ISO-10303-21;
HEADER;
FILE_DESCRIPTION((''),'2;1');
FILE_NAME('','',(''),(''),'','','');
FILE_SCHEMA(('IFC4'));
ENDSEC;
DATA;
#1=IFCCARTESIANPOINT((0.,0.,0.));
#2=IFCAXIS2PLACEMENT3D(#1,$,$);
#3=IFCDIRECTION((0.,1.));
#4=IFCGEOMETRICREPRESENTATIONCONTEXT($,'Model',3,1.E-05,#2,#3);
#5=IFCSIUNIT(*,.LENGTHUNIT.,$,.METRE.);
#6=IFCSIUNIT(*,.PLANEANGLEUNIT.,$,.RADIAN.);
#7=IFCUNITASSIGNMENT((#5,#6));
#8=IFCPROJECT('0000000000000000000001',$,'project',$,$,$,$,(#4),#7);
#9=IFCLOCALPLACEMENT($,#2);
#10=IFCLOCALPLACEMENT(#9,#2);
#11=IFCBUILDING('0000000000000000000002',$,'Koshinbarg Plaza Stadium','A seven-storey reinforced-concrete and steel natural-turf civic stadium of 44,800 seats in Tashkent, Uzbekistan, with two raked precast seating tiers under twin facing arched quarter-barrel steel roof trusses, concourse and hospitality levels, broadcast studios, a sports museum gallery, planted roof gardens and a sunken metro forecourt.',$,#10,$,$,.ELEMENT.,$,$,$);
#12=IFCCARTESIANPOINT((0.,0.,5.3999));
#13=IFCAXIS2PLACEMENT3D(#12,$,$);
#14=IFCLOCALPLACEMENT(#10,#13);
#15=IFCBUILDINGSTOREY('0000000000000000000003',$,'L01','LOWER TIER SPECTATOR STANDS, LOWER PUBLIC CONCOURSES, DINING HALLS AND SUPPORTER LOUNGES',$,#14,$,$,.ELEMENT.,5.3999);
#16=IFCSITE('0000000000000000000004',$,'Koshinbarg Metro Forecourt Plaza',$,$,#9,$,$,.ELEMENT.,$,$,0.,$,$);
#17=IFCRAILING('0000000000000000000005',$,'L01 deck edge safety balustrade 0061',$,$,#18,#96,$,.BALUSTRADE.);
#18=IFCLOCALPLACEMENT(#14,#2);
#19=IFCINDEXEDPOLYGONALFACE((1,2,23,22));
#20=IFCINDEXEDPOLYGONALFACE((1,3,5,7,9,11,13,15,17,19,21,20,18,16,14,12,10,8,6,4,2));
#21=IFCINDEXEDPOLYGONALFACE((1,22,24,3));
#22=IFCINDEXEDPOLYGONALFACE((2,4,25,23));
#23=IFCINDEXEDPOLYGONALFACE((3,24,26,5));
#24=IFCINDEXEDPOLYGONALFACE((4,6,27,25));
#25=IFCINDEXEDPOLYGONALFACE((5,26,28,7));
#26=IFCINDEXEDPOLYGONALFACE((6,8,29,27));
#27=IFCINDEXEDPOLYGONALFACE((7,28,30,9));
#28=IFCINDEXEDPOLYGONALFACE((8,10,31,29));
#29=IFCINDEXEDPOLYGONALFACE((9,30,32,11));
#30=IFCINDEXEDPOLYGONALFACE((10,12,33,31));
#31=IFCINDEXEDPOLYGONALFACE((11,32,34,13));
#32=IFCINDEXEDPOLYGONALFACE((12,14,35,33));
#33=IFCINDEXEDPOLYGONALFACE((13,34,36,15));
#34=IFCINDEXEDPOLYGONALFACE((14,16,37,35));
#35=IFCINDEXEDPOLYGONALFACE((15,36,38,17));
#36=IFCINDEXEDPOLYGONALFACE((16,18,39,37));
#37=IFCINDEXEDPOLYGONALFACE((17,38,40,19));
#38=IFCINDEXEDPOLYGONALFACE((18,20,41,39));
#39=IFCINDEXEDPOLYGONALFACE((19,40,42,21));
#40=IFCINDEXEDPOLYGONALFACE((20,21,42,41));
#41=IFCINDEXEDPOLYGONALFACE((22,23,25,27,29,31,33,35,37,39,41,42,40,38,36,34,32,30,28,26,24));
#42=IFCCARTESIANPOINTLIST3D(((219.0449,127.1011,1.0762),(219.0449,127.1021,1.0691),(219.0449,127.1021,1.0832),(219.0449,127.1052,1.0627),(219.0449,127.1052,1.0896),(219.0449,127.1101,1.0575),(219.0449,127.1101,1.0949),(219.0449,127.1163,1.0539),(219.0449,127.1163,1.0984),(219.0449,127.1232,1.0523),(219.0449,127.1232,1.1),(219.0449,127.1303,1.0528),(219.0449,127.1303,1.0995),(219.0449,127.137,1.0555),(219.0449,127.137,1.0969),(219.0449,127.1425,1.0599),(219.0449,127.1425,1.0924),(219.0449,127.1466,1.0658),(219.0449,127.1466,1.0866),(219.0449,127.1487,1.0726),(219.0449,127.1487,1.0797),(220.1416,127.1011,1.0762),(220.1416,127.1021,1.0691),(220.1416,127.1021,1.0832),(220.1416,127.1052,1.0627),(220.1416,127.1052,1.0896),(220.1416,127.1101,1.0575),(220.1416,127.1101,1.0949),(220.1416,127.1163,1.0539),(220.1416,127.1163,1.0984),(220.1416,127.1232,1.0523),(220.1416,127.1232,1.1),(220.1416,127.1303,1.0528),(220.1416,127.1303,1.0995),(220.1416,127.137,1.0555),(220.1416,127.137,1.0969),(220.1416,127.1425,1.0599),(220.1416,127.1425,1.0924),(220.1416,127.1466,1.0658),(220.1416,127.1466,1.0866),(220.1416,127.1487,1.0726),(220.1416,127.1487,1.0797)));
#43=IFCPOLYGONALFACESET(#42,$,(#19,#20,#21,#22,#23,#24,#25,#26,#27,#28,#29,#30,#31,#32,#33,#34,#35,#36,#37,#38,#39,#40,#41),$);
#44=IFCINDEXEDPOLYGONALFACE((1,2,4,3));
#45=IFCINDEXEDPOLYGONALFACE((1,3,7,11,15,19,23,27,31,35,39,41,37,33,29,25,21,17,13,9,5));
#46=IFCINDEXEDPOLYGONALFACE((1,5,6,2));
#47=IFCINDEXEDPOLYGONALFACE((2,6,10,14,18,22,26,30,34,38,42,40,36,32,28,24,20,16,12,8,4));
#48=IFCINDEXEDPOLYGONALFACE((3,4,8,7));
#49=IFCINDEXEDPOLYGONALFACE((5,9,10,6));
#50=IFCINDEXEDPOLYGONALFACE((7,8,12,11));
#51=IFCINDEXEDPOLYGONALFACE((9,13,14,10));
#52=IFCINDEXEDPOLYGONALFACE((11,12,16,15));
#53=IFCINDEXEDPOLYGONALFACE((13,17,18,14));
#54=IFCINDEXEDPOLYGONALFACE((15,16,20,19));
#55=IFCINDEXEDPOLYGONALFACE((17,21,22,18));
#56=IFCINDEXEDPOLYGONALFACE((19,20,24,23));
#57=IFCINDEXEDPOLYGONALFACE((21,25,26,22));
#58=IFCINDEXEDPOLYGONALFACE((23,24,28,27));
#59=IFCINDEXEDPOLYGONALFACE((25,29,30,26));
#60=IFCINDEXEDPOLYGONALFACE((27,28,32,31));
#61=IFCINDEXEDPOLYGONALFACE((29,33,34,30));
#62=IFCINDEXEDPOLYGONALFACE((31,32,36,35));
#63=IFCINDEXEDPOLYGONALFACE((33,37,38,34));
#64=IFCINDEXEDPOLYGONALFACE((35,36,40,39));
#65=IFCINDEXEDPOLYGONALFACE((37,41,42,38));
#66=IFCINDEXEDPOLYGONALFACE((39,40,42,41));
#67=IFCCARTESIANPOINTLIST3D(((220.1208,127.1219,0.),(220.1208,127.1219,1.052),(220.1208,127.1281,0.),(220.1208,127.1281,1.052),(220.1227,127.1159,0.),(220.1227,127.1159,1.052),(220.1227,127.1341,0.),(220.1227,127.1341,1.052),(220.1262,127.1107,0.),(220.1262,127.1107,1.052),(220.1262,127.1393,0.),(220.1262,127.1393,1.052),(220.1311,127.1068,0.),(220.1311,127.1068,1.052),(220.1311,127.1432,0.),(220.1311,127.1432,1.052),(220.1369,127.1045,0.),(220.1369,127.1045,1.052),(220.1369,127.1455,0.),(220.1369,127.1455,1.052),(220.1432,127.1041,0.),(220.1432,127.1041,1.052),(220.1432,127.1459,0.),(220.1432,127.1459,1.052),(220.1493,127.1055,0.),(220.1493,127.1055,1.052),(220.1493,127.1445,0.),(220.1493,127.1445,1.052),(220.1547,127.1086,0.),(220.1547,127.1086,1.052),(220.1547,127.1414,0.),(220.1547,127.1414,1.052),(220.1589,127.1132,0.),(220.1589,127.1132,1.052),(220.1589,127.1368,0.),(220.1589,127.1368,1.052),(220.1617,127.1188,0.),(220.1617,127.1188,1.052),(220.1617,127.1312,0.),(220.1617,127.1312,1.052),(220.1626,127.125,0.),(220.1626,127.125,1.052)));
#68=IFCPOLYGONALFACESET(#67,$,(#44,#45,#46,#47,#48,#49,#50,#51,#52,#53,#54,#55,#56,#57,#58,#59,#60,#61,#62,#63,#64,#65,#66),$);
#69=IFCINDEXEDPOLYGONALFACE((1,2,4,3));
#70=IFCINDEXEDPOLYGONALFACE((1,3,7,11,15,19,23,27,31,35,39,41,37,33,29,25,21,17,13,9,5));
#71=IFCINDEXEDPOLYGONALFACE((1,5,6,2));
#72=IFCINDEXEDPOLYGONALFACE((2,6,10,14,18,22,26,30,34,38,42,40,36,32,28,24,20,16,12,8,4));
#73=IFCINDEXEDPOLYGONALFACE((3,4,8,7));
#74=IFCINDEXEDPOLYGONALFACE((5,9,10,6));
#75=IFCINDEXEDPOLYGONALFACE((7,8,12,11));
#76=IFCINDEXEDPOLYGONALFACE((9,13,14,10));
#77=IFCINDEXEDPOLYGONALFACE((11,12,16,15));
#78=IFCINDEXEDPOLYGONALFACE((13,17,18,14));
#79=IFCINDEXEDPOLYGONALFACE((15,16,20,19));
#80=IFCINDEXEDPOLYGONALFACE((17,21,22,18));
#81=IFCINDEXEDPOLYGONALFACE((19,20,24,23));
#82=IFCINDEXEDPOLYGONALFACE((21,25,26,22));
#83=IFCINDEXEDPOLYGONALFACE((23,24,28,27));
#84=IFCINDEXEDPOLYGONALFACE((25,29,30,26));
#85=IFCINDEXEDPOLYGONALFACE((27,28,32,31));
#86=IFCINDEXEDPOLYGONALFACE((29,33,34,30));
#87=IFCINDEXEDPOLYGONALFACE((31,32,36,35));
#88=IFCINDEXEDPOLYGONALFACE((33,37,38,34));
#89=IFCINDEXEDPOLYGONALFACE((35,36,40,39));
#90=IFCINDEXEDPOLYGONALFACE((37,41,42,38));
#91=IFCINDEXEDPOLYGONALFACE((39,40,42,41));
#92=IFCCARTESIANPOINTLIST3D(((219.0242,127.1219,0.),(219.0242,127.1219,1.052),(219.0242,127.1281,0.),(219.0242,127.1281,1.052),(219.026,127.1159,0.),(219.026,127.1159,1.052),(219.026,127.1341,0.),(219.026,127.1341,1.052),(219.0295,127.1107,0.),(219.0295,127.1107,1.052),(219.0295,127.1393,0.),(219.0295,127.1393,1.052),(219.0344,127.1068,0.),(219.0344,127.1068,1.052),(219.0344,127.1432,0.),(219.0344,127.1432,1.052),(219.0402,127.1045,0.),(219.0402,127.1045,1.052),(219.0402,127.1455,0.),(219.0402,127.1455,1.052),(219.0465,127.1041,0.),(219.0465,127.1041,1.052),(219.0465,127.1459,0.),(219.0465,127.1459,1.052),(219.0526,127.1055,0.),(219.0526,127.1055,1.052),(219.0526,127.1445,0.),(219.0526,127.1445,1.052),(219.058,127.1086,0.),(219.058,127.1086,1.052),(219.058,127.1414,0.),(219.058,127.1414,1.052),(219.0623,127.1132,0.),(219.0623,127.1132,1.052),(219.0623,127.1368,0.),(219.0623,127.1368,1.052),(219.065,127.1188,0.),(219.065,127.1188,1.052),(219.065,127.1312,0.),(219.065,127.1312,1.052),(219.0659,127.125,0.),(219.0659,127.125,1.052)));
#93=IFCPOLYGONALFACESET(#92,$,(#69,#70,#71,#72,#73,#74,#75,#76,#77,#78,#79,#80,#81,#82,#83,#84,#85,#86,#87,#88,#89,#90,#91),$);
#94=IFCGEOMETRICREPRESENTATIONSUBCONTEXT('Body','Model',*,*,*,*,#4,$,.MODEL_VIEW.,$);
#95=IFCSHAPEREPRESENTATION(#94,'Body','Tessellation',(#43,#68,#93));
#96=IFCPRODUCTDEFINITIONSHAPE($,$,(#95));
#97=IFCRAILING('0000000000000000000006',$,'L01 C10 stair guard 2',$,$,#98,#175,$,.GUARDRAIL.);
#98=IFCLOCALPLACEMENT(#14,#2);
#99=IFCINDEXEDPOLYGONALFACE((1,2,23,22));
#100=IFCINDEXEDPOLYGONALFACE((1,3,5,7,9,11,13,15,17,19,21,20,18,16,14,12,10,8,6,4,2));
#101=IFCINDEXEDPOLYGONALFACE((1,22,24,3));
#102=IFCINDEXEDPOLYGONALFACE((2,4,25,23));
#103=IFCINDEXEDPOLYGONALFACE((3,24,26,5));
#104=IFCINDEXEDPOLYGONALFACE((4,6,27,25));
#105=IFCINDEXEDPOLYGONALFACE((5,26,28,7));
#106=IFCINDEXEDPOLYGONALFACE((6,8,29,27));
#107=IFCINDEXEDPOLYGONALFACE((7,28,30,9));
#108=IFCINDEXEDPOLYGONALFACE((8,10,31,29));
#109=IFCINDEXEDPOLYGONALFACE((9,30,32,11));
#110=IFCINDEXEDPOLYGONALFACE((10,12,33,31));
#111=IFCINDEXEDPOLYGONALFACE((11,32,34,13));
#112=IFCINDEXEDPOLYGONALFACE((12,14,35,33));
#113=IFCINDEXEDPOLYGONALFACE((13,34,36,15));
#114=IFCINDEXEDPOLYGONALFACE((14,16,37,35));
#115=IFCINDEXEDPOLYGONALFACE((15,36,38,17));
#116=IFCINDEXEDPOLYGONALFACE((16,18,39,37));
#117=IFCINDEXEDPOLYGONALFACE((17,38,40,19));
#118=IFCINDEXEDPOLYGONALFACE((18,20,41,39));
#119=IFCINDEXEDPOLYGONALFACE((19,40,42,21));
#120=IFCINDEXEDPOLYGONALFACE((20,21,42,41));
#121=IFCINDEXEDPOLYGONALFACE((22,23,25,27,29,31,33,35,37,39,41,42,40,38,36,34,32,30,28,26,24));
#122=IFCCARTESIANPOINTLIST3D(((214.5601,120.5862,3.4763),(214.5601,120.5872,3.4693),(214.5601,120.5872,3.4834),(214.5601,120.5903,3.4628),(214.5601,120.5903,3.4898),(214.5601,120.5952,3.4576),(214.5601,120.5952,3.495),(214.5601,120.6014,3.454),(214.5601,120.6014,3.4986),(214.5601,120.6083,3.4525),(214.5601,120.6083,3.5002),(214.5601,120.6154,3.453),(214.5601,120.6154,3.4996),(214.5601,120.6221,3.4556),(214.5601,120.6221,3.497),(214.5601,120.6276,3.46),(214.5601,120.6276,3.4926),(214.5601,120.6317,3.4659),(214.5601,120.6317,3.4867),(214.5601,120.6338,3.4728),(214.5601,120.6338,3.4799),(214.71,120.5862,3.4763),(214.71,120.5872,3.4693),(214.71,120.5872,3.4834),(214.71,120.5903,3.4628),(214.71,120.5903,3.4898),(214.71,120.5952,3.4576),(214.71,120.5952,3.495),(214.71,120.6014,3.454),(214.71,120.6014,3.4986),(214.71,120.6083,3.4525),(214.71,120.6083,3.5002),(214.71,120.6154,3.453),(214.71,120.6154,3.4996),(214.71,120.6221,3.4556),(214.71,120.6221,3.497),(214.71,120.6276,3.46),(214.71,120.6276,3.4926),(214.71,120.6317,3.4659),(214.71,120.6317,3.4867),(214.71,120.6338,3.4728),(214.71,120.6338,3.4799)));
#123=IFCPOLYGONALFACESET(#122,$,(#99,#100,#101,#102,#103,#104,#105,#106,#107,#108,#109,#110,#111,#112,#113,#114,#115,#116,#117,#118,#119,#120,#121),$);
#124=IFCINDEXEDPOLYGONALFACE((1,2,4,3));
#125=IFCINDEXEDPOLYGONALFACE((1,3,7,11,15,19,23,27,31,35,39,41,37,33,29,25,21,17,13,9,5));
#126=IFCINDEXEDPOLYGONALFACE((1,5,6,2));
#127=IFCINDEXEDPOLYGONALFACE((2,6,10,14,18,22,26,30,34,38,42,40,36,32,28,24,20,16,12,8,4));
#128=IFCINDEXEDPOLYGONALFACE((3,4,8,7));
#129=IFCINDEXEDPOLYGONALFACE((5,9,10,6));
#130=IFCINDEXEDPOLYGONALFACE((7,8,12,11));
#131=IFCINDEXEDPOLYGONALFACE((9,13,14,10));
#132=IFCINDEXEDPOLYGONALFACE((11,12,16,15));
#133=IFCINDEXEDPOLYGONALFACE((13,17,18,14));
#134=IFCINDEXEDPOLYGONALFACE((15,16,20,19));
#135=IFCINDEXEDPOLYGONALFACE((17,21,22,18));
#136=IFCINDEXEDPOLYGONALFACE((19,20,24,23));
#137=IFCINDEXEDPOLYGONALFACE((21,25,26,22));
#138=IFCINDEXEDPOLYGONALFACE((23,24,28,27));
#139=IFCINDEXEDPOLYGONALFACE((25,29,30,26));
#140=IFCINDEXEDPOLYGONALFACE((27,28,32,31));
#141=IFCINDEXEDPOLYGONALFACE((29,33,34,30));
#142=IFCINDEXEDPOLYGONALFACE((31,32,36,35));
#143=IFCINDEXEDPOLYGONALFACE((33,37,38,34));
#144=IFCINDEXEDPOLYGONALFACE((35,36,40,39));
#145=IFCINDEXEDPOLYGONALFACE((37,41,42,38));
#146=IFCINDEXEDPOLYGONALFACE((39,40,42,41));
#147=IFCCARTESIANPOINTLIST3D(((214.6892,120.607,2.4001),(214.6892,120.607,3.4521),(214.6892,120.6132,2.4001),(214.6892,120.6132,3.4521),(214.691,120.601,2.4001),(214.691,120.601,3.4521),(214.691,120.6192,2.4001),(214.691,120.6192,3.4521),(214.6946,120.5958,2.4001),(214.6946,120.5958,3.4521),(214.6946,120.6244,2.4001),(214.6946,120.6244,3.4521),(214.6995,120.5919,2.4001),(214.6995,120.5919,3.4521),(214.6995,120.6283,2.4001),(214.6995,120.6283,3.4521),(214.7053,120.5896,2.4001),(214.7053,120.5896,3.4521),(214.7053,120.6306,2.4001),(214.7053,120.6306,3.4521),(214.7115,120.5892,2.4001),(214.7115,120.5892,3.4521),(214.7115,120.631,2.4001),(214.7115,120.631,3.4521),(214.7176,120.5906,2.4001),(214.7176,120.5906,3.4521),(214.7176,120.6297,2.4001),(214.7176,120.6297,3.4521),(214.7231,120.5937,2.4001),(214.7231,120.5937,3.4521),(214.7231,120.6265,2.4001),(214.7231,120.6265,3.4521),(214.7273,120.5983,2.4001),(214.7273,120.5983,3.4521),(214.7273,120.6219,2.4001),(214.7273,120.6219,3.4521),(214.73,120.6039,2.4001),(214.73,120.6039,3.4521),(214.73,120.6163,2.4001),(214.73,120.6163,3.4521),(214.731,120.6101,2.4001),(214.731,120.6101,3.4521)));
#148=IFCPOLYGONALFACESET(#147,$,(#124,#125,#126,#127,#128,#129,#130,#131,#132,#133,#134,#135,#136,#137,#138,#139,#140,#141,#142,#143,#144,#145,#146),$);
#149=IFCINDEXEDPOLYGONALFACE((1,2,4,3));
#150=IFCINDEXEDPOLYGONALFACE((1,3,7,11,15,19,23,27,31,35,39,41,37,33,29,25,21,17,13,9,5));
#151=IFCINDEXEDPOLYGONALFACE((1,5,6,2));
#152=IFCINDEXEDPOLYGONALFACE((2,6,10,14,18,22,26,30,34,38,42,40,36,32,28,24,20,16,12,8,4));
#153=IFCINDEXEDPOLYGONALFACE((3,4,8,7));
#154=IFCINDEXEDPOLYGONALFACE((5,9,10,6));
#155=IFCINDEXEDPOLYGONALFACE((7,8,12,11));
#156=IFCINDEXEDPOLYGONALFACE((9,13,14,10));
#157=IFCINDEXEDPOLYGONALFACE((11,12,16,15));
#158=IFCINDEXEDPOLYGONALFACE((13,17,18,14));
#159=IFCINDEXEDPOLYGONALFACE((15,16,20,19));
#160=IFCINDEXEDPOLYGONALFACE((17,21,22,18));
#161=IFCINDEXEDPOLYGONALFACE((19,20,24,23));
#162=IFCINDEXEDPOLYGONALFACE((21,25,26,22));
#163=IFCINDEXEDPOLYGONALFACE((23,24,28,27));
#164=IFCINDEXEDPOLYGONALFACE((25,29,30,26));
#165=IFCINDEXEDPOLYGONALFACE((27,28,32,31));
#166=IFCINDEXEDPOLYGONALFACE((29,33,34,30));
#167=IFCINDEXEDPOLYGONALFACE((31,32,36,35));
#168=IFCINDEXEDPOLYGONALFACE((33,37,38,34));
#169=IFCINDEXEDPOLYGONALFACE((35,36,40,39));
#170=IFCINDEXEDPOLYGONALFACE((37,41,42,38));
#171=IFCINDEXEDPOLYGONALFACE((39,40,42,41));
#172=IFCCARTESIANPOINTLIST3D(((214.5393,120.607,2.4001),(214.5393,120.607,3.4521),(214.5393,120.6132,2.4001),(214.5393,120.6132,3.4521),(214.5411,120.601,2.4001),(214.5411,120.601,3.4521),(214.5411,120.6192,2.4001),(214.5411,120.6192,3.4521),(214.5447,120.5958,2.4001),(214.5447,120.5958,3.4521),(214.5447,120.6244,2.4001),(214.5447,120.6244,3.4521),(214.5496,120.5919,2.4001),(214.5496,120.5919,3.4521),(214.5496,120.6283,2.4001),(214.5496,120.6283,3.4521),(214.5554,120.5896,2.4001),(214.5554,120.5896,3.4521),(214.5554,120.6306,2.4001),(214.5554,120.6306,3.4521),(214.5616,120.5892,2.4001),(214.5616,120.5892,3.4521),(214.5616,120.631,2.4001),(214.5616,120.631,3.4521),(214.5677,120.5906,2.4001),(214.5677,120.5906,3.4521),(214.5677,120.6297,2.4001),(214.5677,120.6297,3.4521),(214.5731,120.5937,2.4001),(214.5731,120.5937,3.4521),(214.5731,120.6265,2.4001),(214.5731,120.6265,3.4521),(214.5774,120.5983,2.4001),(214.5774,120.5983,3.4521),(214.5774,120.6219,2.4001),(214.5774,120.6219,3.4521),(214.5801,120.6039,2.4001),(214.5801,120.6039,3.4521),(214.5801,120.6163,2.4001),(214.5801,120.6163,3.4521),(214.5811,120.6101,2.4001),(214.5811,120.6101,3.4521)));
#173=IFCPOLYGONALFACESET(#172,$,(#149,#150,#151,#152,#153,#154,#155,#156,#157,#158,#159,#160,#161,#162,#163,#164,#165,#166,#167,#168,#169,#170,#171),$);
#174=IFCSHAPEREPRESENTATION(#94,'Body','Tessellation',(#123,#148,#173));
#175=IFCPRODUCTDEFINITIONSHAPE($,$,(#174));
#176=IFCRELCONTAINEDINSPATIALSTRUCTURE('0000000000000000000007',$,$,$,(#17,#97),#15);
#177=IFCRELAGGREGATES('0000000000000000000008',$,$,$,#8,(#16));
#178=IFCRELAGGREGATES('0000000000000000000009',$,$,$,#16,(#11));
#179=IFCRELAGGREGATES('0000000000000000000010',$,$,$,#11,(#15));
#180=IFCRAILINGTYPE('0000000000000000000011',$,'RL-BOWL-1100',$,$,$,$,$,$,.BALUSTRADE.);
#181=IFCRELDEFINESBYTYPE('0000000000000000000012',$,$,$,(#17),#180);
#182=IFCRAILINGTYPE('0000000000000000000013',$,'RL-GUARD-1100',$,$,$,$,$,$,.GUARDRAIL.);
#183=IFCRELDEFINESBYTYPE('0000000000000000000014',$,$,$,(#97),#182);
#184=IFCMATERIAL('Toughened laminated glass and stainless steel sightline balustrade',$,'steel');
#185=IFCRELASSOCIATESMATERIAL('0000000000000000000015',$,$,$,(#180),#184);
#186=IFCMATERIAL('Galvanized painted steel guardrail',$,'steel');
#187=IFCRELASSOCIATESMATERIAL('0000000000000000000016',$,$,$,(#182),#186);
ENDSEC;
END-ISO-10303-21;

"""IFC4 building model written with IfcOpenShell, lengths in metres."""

from ifc_helpers import new_model, si_unit, direction, frame, origin, origin_2d, place, context, subcontext, project, spatial, circle, extrude, material, type_object, element, save


model = new_model("IFC4")

# Units and contexts
model_context = context("Model", 3, precision=1e-05, world=origin(), true_north=direction((0.0, 1.0)))
body_context = subcontext(model_context, "Body", "Model", "MODEL_VIEW")
ifc_project = project(units=[si_unit("LENGTHUNIT", "METRE"), si_unit("PLANEANGLEUNIT", "RADIAN")], contexts=[model_context])

# Site, building, storey
site_placement = place(None, origin())
site = spatial("IfcSite", under=ifc_project, at=site_placement, Name="Koshinbarg Metro Forecourt Plaza", CompositionType="ELEMENT", RefElevation=0.0)
building_placement = place(site_placement, origin())
building = spatial("IfcBuilding", under=site, at=building_placement, Name="Koshinbarg Plaza Stadium", Description="A seven-storey reinforced-concrete and steel natural-turf civic stadium of 44,800 seats in Tashkent, Uzbekistan, with two raked precast seating tiers under twin facing arched quarter-barrel steel roof trusses, concourse and hospitality levels, broadcast studios, a sports museum gallery, planted roof gardens and a sunken metro forecourt.", CompositionType="ELEMENT")
storey_placement = place(building_placement, frame((0.0, 0.0, 5.3999)))
storey = spatial("IfcBuildingStorey", under=building, at=storey_placement, Name="L01", Description="LOWER TIER SPECTATOR STANDS, LOWER PUBLIC CONCOURSES, DINING HALLS AND SUPPORTER LOUNGES", CompositionType="ELEMENT", Elevation=5.3999)

# Railings
ifc_material_1 = material(Name="Toughened laminated glass and stainless steel sightline balustrade", Category="steel")
railing_type_1 = type_object("IfcRailingType", Name="RL-BOWL-1100", PredefinedType="BALUSTRADE", material=ifc_material_1)
railing_1_placement = place(storey_placement, frame((220.1416, 127.125, 0.0)))
element("IfcRailing", 1, at=railing_1_placement, inside=storey, type_object=railing_type_1, Name="L01 deck edge safety balustrade 0061", PredefinedType="BALUSTRADE", context=body_context, shape_type="SweptSolid", body=[
    extrude(circle(Radius=0.0239, at=origin_2d()), frame((0.0, 0.0, 1.0762), z_axis=(-1.0, 0.0, 0.0), x_axis=(0.0, -1.0, 0.0)), (0.0, 0.0, 1.0), 1.0967),
    extrude(circle(Radius=0.021, at=origin_2d()), origin(), (0.0, 0.0, 1.0), 1.052),
    extrude(circle(Radius=0.021, at=origin_2d()), frame((-1.0967, 0.0, 0.0)), (0.0, 0.0, 1.0), 1.052),
])
ifc_material_2 = material(Name="Galvanized painted steel guardrail", Category="steel")
railing_type_2 = type_object("IfcRailingType", Name="RL-GUARD-1100", PredefinedType="GUARDRAIL", material=ifc_material_2)
railing_2_placement = place(storey_placement, frame((214.71, 120.6101, 2.4001)))
element("IfcRailing", 2, at=railing_2_placement, inside=storey, type_object=railing_type_2, Name="L01 C10 stair guard 2", PredefinedType="GUARDRAIL", context=body_context, shape_type="SweptSolid", body=[
    extrude(circle(Radius=0.0239, at=origin_2d()), frame((0.0, 0.0, 1.0762), z_axis=(-1.0, 0.0, 0.0), x_axis=(0.0, -1.0, 0.0)), (0.0, 0.0, 1.0), 0.1499),
    extrude(circle(Radius=0.021, at=origin_2d()), origin(), (0.0, 0.0, 1.0), 1.052),
    extrude(circle(Radius=0.021, at=origin_2d()), frame((-0.1499, 0.0, 0.0)), (0.0, 0.0, 1.0), 1.052),
])

save(model, "model.ifc")
